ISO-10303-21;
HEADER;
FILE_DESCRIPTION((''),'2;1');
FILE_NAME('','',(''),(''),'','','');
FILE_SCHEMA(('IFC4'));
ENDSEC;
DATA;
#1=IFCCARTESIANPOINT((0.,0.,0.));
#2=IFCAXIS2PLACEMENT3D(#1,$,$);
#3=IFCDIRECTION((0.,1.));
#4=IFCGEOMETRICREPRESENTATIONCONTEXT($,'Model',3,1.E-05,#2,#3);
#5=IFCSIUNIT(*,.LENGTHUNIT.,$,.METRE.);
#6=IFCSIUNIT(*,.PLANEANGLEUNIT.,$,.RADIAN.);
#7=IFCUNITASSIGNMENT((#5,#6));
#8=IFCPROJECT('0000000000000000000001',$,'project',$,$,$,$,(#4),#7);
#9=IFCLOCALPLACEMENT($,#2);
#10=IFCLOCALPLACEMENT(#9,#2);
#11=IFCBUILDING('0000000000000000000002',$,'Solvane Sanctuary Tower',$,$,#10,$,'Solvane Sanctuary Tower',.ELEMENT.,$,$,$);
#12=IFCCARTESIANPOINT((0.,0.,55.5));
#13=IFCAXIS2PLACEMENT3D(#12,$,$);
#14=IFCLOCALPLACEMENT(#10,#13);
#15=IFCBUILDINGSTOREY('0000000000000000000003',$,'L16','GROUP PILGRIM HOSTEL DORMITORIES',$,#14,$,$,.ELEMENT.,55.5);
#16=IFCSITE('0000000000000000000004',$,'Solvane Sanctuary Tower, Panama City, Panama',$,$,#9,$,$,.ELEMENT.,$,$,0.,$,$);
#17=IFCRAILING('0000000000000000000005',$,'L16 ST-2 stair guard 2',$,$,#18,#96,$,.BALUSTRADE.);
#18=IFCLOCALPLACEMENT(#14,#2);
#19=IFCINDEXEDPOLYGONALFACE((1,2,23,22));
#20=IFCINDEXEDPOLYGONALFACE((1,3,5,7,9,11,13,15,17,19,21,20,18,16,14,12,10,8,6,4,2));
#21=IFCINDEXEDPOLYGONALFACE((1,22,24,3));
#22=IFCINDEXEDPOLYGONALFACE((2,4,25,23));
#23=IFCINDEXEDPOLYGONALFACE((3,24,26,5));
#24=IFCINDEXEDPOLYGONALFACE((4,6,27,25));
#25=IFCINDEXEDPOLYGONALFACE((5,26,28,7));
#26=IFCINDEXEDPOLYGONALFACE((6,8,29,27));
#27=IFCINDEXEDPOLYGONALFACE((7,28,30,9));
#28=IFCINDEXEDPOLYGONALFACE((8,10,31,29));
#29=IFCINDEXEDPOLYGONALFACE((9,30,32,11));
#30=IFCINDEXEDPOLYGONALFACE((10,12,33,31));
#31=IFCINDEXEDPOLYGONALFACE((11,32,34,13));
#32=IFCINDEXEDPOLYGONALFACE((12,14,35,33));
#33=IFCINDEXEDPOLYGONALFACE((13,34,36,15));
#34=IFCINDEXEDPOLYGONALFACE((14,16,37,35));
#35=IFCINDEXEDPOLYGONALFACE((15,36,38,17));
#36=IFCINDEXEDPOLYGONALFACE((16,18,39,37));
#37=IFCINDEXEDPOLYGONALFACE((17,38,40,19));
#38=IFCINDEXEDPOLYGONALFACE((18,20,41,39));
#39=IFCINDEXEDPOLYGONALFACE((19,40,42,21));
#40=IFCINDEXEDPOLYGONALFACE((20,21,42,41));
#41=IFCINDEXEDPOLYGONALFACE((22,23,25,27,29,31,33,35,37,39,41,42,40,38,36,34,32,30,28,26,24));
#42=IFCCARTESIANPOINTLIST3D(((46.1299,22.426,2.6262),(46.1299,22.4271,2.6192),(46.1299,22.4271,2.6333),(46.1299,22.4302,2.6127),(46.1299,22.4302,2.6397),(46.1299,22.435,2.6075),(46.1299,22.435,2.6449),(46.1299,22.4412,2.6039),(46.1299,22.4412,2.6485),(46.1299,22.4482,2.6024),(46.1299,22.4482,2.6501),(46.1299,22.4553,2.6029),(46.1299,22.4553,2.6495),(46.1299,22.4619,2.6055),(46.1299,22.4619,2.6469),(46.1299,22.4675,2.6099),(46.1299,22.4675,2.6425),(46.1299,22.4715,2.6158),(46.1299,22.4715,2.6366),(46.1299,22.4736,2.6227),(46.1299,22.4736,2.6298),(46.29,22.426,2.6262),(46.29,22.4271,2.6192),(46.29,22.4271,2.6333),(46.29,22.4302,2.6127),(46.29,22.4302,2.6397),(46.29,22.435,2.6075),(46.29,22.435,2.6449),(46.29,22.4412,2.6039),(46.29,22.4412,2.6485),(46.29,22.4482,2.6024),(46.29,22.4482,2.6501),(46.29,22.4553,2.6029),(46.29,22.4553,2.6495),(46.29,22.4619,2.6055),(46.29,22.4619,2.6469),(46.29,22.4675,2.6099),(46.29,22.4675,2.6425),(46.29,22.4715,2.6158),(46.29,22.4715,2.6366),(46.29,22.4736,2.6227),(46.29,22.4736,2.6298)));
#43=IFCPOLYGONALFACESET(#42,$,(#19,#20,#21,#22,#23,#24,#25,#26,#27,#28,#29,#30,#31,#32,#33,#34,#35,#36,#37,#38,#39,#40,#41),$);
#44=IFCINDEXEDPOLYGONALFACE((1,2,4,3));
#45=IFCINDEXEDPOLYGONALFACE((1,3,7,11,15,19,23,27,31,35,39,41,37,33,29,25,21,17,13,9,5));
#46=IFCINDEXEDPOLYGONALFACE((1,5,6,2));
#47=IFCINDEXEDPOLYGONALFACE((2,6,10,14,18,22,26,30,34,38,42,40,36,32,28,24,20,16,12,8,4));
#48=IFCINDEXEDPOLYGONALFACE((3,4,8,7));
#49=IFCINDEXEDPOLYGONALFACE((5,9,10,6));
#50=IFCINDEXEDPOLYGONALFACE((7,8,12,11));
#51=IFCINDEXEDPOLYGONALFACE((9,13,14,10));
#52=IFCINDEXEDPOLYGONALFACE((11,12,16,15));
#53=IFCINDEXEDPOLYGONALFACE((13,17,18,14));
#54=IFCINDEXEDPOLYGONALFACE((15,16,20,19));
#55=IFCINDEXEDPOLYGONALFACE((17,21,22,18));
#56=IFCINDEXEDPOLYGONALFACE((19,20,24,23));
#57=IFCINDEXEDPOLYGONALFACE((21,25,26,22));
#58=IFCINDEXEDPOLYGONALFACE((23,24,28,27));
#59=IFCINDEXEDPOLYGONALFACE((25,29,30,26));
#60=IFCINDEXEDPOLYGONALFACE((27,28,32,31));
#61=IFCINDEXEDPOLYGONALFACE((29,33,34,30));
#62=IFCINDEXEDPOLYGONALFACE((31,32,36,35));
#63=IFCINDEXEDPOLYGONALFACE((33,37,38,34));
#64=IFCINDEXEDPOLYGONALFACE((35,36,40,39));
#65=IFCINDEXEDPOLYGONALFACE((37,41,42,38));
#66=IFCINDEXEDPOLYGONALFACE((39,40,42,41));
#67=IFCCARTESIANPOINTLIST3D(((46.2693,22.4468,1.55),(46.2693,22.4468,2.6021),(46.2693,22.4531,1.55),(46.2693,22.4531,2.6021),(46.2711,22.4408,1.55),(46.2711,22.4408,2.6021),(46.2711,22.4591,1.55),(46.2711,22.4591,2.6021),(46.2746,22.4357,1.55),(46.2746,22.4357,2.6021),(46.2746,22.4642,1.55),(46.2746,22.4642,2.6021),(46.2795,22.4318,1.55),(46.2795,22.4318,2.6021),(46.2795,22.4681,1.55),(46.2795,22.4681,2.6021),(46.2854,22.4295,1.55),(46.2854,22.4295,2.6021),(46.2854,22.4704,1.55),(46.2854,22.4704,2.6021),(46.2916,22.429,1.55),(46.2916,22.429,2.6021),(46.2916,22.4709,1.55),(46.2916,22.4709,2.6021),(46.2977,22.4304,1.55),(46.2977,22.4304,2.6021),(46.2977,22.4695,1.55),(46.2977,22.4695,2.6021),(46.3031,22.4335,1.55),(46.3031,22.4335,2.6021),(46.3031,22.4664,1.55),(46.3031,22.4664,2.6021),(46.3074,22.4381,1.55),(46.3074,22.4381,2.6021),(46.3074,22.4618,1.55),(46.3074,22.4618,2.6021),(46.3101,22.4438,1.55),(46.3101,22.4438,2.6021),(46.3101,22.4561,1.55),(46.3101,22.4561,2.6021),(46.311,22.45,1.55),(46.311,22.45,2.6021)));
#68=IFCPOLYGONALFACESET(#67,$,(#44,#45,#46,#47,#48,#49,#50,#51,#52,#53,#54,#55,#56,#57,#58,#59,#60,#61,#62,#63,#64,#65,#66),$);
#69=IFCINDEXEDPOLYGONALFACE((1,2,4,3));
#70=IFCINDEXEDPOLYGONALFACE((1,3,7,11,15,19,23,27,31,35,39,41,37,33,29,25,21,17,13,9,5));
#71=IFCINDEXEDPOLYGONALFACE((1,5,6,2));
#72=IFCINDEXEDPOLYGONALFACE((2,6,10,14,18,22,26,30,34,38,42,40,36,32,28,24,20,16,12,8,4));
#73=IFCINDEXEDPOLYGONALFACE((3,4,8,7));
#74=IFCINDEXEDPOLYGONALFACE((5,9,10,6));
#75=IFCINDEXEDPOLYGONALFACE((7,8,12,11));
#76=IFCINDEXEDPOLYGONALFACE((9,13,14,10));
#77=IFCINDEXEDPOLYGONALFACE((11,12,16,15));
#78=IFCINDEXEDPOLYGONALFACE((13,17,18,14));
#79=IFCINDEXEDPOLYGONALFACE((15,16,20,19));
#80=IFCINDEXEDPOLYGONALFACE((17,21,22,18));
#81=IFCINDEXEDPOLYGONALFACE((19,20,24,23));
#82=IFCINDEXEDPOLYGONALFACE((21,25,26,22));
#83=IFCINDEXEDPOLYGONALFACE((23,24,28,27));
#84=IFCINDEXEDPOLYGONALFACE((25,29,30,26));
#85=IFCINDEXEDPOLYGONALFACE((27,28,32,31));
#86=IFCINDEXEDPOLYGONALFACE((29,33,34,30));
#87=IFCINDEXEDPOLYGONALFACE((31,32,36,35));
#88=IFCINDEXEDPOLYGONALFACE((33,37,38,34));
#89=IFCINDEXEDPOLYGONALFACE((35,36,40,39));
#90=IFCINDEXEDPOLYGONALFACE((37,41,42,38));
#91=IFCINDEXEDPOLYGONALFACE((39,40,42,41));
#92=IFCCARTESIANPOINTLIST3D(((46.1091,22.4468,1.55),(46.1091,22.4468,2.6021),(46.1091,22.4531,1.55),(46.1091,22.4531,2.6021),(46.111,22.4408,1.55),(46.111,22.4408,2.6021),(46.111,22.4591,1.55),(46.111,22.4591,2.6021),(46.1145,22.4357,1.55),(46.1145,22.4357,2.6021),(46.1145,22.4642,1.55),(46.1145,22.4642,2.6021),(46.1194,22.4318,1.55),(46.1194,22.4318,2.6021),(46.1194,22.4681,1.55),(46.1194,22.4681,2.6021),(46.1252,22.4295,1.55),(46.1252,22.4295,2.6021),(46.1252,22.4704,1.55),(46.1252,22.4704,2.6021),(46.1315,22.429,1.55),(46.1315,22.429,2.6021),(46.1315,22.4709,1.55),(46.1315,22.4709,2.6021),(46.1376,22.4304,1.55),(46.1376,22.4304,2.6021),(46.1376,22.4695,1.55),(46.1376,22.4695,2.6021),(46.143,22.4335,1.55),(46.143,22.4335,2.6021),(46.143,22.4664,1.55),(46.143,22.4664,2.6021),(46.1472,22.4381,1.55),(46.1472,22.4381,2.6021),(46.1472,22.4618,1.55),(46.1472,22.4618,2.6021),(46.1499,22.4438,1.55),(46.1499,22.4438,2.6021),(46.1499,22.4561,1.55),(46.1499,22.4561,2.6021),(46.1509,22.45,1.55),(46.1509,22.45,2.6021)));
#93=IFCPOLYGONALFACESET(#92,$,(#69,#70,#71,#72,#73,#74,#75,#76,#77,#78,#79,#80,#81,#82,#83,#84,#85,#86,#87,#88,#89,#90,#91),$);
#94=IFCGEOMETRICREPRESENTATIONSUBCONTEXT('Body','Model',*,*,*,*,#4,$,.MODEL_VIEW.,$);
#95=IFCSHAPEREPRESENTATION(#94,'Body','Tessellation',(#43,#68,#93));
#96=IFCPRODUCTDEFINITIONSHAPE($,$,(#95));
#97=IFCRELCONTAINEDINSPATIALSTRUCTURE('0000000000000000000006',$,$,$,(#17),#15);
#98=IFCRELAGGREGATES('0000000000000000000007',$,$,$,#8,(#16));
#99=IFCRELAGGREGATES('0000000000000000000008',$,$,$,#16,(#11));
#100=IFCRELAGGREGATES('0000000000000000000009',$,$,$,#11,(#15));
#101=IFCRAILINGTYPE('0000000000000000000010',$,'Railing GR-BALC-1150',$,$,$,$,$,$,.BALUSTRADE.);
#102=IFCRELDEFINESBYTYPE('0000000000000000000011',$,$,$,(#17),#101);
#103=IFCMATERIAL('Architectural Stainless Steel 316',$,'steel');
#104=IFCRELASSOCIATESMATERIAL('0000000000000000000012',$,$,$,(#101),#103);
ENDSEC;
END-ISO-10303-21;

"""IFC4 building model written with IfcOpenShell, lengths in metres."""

from ifc_helpers import new_model, si_unit, direction, frame, origin, origin_2d, place, context, subcontext, project, spatial, circle, extrude, material, type_object, element, save


model = new_model("IFC4")

# Units and contexts
model_context = context("Model", 3, precision=1e-05, world=origin(), true_north=direction((0.0, 1.0)))
body_context = subcontext(model_context, "Body", "Model", "MODEL_VIEW")
ifc_project = project(units=[si_unit("LENGTHUNIT", "METRE"), si_unit("PLANEANGLEUNIT", "RADIAN")], contexts=[model_context])

# Site, building, storey
site_placement = place(None, origin())
site = spatial("IfcSite", under=ifc_project, at=site_placement, Name="Solvane Sanctuary Tower, Panama City, Panama", CompositionType="ELEMENT", RefElevation=0.0)
building_placement = place(site_placement, origin())
building = spatial("IfcBuilding", under=site, at=building_placement, Name="Solvane Sanctuary Tower", LongName="Solvane Sanctuary Tower", CompositionType="ELEMENT")
storey_placement = place(building_placement, frame((0.0, 0.0, 55.5)))
storey = spatial("IfcBuildingStorey", under=building, at=storey_placement, Name="L16", Description="GROUP PILGRIM HOSTEL DORMITORIES", CompositionType="ELEMENT", Elevation=55.5)

# Shared definitions
ifc_material_1 = material(Name="Architectural Stainless Steel 316", Category="steel")

# Railing
railing_type_1 = type_object("IfcRailingType", Name="Railing GR-BALC-1150", PredefinedType="BALUSTRADE", material=ifc_material_1)
railing_1_placement = place(storey_placement, frame((46.29, 22.45, 1.55)))
element("IfcRailing", 1, at=railing_1_placement, inside=storey, type_object=railing_type_1, Name="L16 ST-2 stair guard 2", PredefinedType="BALUSTRADE", context=body_context, shape_type="SweptSolid", body=[
    extrude(circle(Radius=0.0239, at=origin_2d()), frame((0.0, 0.0, 1.0762), z_axis=(-1.0, 0.0, 0.0), x_axis=(0.0, -1.0, 0.0)), (0.0, 0.0, 1.0), 0.1602),
    extrude(circle(Radius=0.021, at=origin_2d()), origin(), (0.0, 0.0, 1.0), 1.052),
    extrude(circle(Radius=0.021, at=origin_2d()), frame((-0.1602, 0.0, 0.0)), (0.0, 0.0, 1.0), 1.052),
])

save(model, "model.ifc")
